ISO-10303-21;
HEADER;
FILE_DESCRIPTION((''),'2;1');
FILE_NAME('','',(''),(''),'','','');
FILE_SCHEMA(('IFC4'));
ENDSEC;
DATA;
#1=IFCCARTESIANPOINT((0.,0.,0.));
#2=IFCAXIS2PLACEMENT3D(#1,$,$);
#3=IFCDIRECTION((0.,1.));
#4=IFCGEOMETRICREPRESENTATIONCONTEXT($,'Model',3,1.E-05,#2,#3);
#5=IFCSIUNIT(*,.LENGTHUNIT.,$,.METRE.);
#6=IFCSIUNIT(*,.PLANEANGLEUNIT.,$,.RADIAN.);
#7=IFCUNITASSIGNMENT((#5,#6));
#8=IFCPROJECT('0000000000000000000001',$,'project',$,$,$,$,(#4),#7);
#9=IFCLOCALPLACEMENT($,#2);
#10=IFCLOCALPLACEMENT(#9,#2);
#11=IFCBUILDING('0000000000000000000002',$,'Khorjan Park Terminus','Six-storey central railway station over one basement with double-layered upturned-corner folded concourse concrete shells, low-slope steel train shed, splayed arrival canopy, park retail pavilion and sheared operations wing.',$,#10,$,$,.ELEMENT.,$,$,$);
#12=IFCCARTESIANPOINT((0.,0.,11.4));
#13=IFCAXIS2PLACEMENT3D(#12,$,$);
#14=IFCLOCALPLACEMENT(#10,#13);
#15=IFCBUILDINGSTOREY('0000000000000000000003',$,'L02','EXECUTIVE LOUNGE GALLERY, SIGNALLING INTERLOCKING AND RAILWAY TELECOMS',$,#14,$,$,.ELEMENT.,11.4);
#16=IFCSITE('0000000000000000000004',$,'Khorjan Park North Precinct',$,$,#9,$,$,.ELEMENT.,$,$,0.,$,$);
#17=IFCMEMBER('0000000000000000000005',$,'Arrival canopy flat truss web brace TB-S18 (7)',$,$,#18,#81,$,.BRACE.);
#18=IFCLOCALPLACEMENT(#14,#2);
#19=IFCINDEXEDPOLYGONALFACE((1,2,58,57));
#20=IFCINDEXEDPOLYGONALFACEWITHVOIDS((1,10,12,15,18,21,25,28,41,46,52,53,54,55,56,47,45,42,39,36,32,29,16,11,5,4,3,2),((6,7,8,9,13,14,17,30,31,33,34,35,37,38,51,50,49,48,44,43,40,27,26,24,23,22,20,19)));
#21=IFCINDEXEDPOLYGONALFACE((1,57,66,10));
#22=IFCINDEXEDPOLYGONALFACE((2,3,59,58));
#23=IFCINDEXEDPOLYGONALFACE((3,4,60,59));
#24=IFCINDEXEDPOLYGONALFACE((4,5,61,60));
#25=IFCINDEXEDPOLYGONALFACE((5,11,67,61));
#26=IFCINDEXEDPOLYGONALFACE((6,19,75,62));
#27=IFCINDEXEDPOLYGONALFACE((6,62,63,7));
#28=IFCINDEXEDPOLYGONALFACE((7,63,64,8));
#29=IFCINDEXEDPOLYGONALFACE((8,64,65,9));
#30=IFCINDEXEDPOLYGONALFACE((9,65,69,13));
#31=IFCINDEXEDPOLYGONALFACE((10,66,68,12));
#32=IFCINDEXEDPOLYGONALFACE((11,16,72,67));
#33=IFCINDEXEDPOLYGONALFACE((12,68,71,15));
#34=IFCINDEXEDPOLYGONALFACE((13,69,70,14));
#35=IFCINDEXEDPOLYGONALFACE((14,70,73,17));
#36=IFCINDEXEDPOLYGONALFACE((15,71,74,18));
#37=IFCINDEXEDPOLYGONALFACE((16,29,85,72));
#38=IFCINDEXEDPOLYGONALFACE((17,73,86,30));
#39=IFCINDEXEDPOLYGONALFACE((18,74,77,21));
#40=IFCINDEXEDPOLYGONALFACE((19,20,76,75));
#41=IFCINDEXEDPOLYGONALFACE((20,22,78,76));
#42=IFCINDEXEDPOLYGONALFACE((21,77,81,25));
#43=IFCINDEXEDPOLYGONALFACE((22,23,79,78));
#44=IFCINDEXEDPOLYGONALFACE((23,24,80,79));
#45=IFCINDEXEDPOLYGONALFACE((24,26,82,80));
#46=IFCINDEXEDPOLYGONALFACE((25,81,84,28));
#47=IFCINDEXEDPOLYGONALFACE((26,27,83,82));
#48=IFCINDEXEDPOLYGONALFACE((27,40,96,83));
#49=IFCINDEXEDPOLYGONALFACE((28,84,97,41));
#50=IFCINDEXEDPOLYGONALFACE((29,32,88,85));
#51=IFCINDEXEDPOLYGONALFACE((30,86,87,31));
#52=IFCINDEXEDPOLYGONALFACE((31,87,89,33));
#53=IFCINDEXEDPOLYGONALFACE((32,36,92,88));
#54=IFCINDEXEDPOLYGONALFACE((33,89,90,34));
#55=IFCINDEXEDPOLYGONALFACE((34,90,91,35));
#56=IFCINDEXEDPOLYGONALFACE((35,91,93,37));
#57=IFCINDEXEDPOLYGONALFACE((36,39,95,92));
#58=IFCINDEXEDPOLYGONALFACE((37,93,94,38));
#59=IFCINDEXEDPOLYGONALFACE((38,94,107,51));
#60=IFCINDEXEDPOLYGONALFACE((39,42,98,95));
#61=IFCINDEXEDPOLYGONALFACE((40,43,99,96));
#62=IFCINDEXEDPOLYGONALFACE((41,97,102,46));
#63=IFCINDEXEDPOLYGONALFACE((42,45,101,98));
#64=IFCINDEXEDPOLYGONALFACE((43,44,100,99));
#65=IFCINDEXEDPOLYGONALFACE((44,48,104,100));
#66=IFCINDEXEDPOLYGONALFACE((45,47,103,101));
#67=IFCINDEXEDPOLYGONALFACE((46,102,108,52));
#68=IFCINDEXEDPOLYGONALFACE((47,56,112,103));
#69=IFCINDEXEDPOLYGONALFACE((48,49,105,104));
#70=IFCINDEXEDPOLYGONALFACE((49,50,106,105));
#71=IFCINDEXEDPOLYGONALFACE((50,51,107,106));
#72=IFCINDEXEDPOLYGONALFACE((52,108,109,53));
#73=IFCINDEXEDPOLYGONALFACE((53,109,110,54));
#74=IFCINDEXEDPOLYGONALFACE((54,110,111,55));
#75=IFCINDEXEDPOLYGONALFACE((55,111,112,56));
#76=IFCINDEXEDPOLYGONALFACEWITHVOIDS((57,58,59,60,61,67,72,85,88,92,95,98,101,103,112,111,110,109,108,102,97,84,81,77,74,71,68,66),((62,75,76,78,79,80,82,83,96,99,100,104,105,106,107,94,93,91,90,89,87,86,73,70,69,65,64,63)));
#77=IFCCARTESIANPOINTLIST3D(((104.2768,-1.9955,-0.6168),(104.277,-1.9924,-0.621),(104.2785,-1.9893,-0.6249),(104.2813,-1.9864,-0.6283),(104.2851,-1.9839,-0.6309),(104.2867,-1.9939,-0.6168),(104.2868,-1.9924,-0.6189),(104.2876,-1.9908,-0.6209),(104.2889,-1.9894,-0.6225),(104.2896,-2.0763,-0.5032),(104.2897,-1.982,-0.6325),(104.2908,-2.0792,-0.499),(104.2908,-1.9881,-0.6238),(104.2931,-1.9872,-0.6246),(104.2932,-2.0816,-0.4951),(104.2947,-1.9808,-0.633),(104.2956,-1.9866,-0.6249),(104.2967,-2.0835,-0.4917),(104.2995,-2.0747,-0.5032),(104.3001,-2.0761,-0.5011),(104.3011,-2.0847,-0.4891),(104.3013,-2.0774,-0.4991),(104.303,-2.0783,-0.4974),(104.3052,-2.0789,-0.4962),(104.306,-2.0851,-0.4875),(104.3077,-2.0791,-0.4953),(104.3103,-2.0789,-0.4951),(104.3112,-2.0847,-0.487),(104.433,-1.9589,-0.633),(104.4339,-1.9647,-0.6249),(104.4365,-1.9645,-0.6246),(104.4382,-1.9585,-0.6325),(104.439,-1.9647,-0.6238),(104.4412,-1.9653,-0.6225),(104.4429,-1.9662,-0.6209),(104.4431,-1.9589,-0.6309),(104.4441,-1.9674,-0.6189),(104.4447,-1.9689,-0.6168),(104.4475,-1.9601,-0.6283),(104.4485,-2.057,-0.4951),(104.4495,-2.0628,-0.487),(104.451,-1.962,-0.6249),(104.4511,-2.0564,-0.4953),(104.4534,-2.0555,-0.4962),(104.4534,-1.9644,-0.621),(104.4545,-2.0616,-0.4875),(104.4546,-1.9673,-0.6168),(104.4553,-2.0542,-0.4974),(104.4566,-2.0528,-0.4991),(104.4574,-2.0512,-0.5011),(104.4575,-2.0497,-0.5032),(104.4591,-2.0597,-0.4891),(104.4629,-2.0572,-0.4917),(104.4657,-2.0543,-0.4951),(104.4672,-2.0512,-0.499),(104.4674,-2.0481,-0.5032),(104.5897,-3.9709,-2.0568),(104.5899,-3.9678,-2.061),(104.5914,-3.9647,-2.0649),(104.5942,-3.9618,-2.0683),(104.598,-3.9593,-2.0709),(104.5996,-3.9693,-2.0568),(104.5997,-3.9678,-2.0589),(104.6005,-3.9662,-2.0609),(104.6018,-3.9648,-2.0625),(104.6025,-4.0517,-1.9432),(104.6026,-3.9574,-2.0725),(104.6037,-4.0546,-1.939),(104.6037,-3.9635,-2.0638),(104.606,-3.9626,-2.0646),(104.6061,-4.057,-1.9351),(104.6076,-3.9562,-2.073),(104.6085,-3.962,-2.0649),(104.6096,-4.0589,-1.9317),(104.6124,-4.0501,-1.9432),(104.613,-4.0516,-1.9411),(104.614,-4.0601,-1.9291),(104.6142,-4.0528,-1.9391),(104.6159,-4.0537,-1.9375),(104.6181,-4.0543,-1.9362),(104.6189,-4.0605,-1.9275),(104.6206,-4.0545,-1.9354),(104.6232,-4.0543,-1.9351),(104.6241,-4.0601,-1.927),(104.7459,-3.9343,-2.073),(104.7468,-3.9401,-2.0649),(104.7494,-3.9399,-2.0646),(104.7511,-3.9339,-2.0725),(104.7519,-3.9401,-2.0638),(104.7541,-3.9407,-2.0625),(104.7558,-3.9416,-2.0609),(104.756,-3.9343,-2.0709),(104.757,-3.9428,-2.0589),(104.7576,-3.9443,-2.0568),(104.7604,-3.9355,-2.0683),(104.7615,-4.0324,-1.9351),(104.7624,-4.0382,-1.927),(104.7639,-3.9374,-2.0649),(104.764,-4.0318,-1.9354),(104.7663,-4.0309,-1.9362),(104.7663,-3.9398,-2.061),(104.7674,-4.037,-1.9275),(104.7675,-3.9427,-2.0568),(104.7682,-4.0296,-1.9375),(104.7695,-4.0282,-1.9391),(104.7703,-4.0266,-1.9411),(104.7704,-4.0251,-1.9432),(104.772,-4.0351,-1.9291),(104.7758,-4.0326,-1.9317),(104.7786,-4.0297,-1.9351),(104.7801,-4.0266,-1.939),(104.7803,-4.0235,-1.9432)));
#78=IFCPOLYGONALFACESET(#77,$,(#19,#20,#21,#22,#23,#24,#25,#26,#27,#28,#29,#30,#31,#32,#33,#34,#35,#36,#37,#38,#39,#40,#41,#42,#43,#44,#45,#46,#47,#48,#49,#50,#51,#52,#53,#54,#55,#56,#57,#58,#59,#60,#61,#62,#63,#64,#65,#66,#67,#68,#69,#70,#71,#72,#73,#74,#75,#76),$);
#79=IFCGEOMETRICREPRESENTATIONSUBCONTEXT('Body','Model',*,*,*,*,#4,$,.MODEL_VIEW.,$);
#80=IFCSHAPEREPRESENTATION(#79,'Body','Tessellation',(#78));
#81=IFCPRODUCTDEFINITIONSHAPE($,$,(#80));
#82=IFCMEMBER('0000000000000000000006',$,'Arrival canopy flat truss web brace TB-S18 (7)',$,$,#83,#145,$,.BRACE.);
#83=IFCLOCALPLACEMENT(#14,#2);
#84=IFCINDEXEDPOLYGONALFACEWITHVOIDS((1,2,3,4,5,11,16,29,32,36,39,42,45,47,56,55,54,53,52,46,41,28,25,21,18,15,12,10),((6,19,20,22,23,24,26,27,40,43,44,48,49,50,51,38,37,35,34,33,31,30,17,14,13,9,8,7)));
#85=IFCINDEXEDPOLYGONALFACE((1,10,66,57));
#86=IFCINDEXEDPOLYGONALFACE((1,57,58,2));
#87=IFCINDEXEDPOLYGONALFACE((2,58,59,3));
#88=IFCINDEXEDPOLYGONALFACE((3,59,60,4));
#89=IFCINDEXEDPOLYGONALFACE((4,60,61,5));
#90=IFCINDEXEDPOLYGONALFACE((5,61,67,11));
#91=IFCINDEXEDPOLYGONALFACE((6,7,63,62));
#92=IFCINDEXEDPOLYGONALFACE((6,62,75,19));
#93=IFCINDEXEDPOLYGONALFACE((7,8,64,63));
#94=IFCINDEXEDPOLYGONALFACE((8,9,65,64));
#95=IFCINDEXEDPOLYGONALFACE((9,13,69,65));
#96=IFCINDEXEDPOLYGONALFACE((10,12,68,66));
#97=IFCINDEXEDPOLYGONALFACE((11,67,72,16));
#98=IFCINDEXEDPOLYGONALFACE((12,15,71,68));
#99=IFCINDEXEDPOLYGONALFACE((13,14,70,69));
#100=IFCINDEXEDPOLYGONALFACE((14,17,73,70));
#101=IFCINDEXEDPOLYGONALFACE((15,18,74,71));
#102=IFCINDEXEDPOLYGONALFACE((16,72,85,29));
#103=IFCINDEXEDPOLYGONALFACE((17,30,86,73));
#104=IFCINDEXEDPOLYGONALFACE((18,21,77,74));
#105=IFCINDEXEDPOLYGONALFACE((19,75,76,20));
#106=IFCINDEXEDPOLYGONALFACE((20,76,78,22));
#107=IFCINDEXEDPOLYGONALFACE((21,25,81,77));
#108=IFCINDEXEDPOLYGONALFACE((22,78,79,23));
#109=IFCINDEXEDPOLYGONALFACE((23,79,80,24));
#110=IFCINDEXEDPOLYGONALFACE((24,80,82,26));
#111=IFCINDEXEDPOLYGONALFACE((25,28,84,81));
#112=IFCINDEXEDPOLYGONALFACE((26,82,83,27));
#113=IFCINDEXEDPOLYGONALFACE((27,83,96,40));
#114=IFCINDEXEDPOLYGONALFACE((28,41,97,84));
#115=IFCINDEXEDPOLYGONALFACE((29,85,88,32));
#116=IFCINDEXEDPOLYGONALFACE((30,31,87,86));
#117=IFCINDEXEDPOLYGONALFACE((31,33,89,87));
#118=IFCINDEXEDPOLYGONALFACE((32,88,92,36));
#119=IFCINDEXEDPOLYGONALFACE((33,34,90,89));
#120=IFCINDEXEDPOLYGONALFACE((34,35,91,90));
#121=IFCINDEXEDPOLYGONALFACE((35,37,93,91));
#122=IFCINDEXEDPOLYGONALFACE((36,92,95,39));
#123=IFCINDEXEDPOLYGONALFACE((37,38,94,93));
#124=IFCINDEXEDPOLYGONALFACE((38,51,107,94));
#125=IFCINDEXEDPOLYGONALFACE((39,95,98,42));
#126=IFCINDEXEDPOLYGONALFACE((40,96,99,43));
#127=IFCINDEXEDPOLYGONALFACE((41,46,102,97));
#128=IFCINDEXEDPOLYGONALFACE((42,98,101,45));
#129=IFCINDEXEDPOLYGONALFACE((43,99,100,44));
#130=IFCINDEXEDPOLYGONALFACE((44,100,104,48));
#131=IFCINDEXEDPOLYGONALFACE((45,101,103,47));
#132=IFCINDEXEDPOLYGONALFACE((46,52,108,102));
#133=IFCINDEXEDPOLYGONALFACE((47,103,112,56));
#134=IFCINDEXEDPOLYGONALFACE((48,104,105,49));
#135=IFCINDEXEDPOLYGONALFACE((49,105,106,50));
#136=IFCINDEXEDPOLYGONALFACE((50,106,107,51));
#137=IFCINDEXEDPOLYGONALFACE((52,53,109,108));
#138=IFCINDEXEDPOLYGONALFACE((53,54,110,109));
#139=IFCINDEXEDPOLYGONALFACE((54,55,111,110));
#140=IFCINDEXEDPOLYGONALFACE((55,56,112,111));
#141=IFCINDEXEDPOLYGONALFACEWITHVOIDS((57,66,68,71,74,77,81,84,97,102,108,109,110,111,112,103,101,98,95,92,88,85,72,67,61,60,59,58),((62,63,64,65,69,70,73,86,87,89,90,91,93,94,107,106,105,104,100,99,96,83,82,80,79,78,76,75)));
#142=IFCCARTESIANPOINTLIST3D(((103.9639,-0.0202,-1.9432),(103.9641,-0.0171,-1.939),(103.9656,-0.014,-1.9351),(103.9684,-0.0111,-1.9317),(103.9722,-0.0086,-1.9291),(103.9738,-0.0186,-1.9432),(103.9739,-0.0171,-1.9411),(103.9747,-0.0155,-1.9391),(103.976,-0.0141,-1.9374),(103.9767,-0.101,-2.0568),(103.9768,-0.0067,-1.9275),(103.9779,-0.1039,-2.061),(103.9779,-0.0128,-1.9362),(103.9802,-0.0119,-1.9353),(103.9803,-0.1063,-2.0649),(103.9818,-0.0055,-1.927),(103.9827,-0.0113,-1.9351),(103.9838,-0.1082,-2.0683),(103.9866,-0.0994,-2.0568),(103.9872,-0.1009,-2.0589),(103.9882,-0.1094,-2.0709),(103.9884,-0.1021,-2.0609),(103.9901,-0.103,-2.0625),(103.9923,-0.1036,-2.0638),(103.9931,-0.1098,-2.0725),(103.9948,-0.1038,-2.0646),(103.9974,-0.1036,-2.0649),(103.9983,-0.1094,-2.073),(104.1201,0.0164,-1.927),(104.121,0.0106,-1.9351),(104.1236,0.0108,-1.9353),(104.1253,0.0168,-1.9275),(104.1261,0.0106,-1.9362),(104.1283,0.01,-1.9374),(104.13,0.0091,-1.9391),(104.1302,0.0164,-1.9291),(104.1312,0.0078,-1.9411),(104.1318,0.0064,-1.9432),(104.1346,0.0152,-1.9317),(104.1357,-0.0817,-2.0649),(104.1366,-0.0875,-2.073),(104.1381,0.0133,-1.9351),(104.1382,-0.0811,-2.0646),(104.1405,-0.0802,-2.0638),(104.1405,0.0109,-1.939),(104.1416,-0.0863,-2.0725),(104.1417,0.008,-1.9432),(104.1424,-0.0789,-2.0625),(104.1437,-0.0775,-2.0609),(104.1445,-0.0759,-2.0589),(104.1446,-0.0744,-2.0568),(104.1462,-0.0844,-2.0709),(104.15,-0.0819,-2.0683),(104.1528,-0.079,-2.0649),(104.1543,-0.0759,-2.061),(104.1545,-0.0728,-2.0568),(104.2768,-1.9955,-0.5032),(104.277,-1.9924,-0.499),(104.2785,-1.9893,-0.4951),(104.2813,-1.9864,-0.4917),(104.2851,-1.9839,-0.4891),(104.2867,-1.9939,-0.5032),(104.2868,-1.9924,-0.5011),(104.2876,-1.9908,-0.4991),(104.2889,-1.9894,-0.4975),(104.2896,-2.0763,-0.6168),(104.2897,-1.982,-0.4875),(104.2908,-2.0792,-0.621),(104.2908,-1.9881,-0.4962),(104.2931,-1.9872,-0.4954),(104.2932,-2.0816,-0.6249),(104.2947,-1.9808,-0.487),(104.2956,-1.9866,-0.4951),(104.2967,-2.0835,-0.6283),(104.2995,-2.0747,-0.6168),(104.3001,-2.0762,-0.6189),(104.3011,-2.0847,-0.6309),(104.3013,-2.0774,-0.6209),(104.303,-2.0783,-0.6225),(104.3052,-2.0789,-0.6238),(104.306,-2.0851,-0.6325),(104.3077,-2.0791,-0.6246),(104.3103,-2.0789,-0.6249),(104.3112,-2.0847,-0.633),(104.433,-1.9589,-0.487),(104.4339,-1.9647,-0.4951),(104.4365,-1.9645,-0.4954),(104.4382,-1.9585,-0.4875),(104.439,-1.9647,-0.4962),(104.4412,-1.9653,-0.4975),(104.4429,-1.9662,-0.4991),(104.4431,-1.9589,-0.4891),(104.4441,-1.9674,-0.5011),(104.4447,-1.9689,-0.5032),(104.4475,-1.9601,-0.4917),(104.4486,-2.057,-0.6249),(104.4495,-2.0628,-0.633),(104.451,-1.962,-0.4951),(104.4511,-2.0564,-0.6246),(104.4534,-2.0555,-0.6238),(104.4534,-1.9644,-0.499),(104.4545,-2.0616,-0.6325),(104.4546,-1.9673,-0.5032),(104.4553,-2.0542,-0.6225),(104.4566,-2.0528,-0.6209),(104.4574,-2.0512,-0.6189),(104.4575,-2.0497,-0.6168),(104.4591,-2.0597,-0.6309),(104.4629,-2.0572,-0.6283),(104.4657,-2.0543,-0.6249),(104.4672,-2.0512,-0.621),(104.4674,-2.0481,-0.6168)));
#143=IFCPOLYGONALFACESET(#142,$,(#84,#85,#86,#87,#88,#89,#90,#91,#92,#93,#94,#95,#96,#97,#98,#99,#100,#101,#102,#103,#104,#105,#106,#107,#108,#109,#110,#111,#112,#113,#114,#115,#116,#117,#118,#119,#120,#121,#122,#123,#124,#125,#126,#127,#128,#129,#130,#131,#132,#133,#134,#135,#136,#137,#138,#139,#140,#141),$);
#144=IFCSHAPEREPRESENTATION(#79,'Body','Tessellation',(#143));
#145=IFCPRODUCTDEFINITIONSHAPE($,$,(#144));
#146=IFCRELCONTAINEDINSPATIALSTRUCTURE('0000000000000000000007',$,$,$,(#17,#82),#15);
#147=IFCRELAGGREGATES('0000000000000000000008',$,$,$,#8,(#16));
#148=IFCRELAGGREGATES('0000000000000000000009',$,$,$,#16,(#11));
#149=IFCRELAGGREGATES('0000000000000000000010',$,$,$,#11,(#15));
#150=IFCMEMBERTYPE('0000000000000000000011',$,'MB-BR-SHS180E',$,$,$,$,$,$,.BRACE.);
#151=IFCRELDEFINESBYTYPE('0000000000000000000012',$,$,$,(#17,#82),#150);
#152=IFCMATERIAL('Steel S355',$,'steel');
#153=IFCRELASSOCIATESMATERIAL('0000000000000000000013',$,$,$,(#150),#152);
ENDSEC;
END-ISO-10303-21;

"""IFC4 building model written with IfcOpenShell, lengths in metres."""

from ifc_helpers import new_model, si_unit, direction, frame, origin, origin_2d, place, context, subcontext, project, spatial, hollow_rectangle, extrude, material, material_profile, profile_set, type_object, element, save


model = new_model("IFC4")

# Units and contexts
model_context = context("Model", 3, precision=1e-05, world=origin(), true_north=direction((0.0, 1.0)))
body_context = subcontext(model_context, "Body", "Model", "MODEL_VIEW")
ifc_project = project(units=[si_unit("LENGTHUNIT", "METRE"), si_unit("PLANEANGLEUNIT", "RADIAN")], contexts=[model_context])

# Site, building, storey
site_placement = place(None, origin())
site = spatial("IfcSite", under=ifc_project, at=site_placement, Name="Khorjan Park North Precinct", CompositionType="ELEMENT", RefElevation=0.0)
building_placement = place(site_placement, origin())
building = spatial("IfcBuilding", under=site, at=building_placement, Name="Khorjan Park Terminus", Description="Six-storey central railway station over one basement with double-layered upturned-corner folded concourse concrete shells, low-slope steel train shed, splayed arrival canopy, park retail pavilion and sheared operations wing.", CompositionType="ELEMENT")
storey_placement = place(building_placement, frame((0.0, 0.0, 11.4)))
storey = spatial("IfcBuildingStorey", under=building, at=storey_placement, Name="L02", Description="EXECUTIVE LOUNGE GALLERY, SIGNALLING INTERLOCKING AND RAILWAY TELECOMS", CompositionType="ELEMENT", Elevation=11.4)

# Members
ifc_material = material(Name="Steel S355", Category="steel")
ifc_material_profile_1 = material_profile(ifc_material, hollow_rectangle(XDim=0.18, YDim=0.18, WallThickness=0.01, InnerFilletRadius=0.01, OuterFilletRadius=0.02, at=origin_2d()), Name="SHS 180x180x10")
ifc_profile_set_1 = profile_set([ifc_material_profile_1], Name="Steel S355")
member_type_1 = type_object("IfcMemberType", Name="MB-BR-SHS180E", PredefinedType="BRACE", material=ifc_profile_set_1)
member_1_placement = place(storey_placement, frame((104.685, -3.9972, -2.0), z_axis=(-0.126963, 0.801545, 0.584299), x_axis=(-0.987686, -0.156448, 0.0)))
element("IfcMember", 1, at=member_1_placement, inside=storey, type_object=member_type_1, Name="Arrival canopy flat truss web brace TB-S18 (7)", PredefinedType="BRACE", context=body_context, shape_type="SweptSolid", body=[
    extrude(hollow_rectangle(XDim=0.18, YDim=0.18, WallThickness=0.01, InnerFilletRadius=0.01, OuterFilletRadius=0.02, at=origin_2d()), origin(), (0.0, 0.0, 1.0), 2.4645),
])
member_2_placement = place(storey_placement, frame((104.3721, -2.0218, -0.56), z_axis=(-0.126968, 0.801531, -0.584318), x_axis=(-0.987685, -0.156456, 0.0)))
element("IfcMember", 2, at=member_2_placement, inside=storey, type_object=member_type_1, Name="Arrival canopy flat truss web brace TB-S18 (7)", PredefinedType="BRACE", context=body_context, shape_type="SweptSolid", body=[
    extrude(hollow_rectangle(XDim=0.18, YDim=0.18, WallThickness=0.01, InnerFilletRadius=0.01, OuterFilletRadius=0.02, at=origin_2d()), origin(), (0.0, 0.0, 1.0), 2.4644),
])

save(model, "model.ifc")
